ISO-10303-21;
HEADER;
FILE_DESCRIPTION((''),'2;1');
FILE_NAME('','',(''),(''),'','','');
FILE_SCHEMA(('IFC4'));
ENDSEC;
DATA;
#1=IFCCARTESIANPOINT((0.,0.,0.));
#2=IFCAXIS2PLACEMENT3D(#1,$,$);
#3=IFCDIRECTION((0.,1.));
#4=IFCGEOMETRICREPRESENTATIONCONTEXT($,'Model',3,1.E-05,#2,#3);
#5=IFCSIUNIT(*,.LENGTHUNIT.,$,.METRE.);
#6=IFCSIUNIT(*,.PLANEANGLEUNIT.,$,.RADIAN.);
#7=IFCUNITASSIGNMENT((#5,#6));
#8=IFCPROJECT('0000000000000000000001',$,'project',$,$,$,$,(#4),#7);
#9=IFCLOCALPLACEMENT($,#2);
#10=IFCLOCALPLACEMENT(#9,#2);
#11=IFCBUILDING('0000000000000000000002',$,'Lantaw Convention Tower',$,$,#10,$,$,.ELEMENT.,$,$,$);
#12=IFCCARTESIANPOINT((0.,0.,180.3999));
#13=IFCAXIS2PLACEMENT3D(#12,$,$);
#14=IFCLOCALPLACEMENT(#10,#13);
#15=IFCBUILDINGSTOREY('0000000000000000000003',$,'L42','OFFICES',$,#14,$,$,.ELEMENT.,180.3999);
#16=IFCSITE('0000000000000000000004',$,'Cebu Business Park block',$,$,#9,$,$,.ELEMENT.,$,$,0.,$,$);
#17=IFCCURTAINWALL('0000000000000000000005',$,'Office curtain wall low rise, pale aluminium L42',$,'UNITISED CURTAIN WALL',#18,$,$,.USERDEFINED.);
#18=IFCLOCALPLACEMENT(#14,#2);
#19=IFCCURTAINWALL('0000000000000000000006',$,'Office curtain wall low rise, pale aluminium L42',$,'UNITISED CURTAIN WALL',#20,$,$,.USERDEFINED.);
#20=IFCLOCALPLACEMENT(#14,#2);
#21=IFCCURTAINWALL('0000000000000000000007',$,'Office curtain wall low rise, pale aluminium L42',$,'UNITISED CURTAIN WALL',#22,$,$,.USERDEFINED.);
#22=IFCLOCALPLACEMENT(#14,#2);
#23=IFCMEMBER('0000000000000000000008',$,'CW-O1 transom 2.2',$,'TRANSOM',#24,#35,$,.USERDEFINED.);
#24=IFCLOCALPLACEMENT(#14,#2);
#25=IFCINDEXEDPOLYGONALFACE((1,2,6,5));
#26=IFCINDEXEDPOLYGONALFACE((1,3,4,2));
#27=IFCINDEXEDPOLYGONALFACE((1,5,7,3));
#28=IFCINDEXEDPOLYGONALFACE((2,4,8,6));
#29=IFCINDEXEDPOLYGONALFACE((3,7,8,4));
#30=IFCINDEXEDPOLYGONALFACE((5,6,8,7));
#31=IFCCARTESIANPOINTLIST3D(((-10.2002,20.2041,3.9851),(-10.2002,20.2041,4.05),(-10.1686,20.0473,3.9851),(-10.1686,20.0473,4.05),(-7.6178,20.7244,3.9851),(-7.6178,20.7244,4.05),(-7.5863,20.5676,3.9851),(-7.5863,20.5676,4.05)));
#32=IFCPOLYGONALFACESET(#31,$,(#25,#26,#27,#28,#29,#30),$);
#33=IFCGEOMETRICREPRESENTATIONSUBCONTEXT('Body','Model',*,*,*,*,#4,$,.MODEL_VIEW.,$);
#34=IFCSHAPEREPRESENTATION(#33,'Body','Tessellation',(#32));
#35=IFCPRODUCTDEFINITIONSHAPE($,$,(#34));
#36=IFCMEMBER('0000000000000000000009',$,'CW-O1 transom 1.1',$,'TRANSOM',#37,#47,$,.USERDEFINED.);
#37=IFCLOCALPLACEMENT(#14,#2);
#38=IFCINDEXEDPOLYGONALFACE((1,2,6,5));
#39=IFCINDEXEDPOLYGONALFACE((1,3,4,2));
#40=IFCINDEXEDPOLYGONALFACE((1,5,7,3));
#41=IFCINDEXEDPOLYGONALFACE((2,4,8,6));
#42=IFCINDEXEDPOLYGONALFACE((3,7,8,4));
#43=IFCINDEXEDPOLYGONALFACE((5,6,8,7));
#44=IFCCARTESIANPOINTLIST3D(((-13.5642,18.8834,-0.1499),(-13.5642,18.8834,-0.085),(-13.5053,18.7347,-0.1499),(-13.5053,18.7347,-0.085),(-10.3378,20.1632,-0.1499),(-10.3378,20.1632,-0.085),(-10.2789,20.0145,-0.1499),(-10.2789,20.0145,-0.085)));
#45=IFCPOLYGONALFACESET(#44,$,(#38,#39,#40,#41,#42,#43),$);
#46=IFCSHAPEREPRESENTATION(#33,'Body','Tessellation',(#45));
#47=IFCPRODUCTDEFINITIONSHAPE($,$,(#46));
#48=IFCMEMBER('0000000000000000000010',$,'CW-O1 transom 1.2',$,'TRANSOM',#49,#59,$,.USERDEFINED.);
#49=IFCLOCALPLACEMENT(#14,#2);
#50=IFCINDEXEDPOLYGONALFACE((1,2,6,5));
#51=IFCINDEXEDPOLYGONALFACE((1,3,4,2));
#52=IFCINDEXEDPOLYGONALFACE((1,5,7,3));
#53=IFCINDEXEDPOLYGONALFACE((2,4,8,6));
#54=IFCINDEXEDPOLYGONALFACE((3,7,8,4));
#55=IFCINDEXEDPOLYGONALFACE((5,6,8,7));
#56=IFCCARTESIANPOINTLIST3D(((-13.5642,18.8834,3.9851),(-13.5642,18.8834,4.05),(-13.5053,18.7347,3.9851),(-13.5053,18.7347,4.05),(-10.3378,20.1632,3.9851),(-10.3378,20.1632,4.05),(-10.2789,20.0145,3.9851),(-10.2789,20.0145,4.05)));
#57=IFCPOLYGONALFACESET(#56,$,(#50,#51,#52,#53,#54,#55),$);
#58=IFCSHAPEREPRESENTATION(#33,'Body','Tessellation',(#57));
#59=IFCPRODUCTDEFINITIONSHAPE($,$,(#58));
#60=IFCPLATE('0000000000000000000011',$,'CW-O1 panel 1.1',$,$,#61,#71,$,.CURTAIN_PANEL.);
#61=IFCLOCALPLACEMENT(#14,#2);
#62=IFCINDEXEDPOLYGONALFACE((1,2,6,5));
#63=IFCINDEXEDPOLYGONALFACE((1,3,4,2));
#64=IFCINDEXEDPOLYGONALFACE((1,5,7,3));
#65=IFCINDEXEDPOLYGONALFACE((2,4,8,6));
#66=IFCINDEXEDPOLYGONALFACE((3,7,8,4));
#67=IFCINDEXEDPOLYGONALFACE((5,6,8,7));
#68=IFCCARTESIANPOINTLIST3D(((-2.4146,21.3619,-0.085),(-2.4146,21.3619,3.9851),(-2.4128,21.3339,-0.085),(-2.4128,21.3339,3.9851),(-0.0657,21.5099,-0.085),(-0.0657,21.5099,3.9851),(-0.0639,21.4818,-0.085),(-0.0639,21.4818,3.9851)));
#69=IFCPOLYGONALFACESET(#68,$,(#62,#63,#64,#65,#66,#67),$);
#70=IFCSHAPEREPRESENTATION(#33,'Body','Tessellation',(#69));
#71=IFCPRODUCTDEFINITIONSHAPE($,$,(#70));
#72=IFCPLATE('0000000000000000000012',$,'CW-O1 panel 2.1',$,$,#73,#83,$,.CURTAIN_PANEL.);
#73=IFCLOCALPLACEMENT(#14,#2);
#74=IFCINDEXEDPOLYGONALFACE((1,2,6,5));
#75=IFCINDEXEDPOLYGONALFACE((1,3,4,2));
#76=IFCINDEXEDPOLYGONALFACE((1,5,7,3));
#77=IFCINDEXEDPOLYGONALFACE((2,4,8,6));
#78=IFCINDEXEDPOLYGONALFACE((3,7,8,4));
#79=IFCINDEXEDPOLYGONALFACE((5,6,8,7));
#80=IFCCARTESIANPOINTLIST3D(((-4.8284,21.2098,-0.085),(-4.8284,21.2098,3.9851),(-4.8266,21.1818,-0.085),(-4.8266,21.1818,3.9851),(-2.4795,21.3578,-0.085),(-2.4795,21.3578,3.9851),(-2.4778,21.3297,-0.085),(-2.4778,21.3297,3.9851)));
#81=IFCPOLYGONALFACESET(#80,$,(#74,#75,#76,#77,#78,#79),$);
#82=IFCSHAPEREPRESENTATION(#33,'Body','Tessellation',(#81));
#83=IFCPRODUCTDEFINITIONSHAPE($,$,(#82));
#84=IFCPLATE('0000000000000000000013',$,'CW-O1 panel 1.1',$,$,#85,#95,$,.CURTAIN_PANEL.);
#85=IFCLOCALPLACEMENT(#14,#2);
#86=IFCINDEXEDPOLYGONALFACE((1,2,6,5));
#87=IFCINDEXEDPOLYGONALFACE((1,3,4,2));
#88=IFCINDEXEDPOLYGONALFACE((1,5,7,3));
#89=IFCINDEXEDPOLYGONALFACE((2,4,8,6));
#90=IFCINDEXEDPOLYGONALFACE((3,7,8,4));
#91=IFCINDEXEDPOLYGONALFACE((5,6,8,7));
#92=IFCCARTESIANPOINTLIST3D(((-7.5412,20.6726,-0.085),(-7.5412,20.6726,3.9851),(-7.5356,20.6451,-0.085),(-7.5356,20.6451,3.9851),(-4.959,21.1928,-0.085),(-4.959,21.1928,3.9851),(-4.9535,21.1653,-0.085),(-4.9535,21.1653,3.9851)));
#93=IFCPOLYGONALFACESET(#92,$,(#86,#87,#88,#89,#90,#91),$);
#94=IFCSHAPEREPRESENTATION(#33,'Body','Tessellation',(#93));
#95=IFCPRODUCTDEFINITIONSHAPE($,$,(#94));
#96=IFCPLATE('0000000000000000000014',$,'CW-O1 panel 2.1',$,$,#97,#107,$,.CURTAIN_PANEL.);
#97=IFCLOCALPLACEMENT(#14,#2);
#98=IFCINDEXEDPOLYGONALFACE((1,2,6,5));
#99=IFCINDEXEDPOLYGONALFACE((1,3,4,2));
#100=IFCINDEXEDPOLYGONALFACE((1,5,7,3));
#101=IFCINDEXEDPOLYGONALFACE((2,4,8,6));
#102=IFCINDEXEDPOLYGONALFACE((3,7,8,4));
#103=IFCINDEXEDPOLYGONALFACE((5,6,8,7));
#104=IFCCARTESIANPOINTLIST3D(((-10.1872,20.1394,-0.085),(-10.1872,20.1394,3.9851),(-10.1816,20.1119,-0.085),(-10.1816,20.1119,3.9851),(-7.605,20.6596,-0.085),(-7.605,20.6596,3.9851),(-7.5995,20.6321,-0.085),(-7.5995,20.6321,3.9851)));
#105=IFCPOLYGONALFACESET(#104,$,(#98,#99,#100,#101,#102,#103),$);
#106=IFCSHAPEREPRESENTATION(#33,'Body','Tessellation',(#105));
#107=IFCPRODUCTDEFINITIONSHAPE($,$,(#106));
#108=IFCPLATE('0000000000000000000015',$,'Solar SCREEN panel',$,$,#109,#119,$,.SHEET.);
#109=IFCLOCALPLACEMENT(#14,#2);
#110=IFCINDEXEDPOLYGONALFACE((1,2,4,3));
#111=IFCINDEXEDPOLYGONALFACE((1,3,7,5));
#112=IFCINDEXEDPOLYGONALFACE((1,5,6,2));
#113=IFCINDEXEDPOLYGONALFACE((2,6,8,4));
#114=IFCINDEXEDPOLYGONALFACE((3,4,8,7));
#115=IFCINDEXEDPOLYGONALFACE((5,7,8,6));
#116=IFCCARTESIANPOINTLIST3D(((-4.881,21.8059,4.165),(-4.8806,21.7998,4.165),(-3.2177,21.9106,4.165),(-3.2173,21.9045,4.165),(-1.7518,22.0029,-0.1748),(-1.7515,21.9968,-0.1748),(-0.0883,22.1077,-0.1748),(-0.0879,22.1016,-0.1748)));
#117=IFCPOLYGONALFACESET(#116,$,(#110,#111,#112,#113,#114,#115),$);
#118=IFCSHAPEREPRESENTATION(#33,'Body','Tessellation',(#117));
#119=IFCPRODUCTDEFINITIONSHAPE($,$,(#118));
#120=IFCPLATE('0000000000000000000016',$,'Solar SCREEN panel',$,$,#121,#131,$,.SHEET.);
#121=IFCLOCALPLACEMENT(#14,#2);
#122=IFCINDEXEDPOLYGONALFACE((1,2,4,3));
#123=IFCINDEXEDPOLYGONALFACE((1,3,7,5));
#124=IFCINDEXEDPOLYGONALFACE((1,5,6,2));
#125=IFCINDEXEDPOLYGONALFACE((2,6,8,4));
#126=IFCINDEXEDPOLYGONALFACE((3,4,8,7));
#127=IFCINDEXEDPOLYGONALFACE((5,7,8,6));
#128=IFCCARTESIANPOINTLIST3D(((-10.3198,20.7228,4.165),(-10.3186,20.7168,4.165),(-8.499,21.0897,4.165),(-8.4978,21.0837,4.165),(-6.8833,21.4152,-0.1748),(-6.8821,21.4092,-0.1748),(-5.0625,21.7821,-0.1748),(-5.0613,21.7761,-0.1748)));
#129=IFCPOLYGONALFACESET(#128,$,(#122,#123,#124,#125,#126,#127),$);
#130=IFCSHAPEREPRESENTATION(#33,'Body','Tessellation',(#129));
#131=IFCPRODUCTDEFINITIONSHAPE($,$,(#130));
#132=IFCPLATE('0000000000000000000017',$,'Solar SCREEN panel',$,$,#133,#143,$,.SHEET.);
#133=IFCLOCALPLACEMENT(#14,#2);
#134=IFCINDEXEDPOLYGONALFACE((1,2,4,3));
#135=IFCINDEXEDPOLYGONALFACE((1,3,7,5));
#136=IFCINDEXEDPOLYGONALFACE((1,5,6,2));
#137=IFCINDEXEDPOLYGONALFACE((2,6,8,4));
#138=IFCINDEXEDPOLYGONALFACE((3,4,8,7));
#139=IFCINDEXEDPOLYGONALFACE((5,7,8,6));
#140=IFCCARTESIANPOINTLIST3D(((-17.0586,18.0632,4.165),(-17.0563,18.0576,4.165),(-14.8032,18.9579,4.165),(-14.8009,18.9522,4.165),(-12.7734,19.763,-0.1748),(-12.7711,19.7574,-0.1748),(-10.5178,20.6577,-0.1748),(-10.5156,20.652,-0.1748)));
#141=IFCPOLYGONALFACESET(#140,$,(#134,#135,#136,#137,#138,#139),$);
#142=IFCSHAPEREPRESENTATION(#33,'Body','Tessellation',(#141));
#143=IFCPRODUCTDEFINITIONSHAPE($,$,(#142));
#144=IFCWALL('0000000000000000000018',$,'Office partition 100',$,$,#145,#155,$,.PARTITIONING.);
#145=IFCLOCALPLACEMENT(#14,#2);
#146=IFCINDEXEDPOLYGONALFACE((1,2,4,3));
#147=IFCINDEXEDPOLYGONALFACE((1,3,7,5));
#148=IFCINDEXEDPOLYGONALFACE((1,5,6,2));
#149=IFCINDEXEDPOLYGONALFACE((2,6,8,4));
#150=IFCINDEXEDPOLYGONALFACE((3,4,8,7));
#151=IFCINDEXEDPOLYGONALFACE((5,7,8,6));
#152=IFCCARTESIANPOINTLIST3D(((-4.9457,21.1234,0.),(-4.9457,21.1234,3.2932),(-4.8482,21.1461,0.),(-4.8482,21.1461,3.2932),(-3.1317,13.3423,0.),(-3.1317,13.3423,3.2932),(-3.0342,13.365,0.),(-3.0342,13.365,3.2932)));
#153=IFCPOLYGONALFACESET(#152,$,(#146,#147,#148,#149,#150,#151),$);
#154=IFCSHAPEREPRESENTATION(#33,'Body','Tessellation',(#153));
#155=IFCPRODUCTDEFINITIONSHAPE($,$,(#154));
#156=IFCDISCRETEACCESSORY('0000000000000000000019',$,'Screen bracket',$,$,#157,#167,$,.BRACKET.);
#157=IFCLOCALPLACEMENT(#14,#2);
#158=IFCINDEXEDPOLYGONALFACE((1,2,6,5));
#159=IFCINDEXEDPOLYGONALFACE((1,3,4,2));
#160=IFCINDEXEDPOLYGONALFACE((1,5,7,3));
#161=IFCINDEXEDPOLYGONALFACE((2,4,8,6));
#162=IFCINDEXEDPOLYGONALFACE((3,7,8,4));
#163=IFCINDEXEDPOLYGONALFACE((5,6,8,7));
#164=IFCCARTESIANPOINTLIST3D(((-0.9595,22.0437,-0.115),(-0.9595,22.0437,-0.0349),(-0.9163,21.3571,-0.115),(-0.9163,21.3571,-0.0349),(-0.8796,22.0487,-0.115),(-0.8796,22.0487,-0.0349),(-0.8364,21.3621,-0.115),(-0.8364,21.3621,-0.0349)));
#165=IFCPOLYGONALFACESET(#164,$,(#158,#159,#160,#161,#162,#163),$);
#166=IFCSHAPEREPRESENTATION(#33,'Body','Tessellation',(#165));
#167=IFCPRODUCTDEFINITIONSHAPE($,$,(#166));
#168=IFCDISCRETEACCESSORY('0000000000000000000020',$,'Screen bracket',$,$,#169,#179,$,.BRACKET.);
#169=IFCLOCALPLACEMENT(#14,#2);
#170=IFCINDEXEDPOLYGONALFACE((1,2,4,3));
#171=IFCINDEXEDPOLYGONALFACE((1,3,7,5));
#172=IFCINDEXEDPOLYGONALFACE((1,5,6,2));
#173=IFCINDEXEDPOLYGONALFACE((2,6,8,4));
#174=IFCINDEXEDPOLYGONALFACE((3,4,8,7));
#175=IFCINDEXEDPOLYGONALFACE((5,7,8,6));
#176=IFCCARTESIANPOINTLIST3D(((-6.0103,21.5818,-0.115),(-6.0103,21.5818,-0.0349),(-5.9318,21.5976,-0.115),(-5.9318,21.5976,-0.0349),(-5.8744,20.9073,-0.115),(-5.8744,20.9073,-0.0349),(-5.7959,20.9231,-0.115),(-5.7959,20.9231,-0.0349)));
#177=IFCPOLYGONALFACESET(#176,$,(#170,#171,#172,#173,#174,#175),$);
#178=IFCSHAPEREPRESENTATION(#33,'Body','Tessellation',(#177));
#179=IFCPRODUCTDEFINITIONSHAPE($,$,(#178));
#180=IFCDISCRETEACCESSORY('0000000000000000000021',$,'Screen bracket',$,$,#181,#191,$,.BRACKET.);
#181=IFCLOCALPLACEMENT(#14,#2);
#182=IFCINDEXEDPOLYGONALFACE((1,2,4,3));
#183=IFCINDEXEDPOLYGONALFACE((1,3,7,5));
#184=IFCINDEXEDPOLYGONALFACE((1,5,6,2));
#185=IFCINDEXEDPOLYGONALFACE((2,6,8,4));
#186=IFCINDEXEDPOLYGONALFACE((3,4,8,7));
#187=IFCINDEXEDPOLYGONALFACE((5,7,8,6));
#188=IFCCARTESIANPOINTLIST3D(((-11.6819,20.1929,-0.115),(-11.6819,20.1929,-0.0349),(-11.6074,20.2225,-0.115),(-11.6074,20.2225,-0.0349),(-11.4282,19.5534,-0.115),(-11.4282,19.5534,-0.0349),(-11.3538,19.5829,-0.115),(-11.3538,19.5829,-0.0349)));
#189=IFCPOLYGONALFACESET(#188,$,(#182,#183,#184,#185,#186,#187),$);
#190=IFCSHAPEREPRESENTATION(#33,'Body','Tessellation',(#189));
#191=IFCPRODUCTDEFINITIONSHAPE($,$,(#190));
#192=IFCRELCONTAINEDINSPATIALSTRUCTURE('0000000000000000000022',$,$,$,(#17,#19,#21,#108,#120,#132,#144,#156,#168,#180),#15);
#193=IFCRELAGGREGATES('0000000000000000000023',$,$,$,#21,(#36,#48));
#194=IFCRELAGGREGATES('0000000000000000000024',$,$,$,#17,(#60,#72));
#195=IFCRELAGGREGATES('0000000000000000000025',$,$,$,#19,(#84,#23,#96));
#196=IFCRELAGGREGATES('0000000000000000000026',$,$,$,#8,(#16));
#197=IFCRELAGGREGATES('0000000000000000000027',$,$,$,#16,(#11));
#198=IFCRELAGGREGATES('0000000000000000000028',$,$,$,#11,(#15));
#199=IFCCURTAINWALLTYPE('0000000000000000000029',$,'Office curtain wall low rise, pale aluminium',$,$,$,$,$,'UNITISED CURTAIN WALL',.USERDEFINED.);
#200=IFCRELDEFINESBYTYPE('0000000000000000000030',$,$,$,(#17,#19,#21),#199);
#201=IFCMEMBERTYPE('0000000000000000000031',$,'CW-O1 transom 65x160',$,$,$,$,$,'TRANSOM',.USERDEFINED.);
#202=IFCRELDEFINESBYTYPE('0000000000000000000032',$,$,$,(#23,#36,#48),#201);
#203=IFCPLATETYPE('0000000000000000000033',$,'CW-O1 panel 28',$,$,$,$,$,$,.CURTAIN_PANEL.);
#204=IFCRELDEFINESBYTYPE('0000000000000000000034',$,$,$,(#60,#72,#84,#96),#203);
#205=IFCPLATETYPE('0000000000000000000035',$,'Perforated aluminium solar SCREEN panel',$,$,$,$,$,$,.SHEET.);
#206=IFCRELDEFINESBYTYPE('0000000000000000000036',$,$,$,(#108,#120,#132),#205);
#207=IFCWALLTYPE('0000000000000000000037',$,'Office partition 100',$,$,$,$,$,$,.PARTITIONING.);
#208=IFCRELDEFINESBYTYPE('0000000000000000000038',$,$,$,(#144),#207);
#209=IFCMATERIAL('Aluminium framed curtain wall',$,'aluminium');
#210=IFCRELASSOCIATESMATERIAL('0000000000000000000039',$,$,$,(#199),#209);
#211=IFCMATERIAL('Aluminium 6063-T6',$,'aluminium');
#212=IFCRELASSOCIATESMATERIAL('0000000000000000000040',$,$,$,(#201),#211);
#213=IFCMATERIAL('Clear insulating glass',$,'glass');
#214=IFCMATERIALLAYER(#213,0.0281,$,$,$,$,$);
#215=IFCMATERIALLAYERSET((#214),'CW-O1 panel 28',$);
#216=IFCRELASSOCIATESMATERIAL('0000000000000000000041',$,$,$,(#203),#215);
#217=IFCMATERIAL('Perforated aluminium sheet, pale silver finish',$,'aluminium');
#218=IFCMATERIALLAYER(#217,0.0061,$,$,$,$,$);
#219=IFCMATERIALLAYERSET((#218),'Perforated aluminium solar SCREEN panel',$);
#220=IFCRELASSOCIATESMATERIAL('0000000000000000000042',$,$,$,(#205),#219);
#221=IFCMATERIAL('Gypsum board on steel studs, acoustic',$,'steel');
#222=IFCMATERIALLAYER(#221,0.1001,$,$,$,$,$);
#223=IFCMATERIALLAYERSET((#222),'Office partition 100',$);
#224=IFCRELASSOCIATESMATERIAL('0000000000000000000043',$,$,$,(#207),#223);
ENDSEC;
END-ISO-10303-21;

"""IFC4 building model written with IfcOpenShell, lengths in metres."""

from ifc_helpers import new_model, si_unit, direction, frame, frame_2d, origin, origin_2d, place, context, subcontext, project, spatial, polyline, rectangle, outline, extrude, material, layer, layer_set, material_profile, profile_set, type_object, element, aggregate, save


model = new_model("IFC4")

# Units and contexts
model_context = context("Model", 3, precision=1e-05, world=origin(), true_north=direction((0.0, 1.0)))
body_context = subcontext(model_context, "Body", "Model", "MODEL_VIEW")
ifc_project = project(units=[si_unit("LENGTHUNIT", "METRE"), si_unit("PLANEANGLEUNIT", "RADIAN")], contexts=[model_context])

# Site, building, storey
site_placement = place(None, origin())
site = spatial("IfcSite", under=ifc_project, at=site_placement, Name="Cebu Business Park block", CompositionType="ELEMENT", RefElevation=0.0)
building_placement = place(site_placement, origin())
building = spatial("IfcBuilding", under=site, at=building_placement, Name="Lantaw Convention Tower", CompositionType="ELEMENT")
storey_placement = place(building_placement, frame((0.0, 0.0, 180.3999)))
storey = spatial("IfcBuildingStorey", under=building, at=storey_placement, Name="L42", Description="OFFICES", CompositionType="ELEMENT", Elevation=180.3999)

# Curtain walls
ifc_material_1 = material(Name="Aluminium framed curtain wall", Category="aluminium")
curtain_wall_type = type_object("IfcCurtainWallType", Name="Office curtain wall low rise, pale aluminium", ElementType="UNITISED CURTAIN WALL", PredefinedType="USERDEFINED", material=ifc_material_1)
curtain_wall_1_placement = place(storey_placement, origin())
curtain_wall_1 = element("IfcCurtainWall", 1, at=curtain_wall_1_placement, inside=storey, type_object=curtain_wall_type, Name="Office curtain wall low rise, pale aluminium L42", ObjectType="UNITISED CURTAIN WALL", PredefinedType="USERDEFINED")
ifc_material_2 = material(Name="Aluminium 6063-T6", Category="aluminium")
curtain_wall_2_placement = place(storey_placement, origin())
curtain_wall_2 = element("IfcCurtainWall", 2, at=curtain_wall_2_placement, inside=storey, type_object=curtain_wall_type, Name="Office curtain wall low rise, pale aluminium L42", ObjectType="UNITISED CURTAIN WALL", PredefinedType="USERDEFINED")

# Curtain wall
curtain_wall_3_placement = place(storey_placement, origin())
curtain_wall_3 = element("IfcCurtainWall", 3, at=curtain_wall_3_placement, inside=storey, type_object=curtain_wall_type, Name="Office curtain wall low rise, pale aluminium L42", ObjectType="UNITISED CURTAIN WALL", PredefinedType="USERDEFINED")

# Members
ifc_material_profile_1 = material_profile(ifc_material_2, rectangle(XDim=0.1599, YDim=0.0649, at=origin_2d()), Name="CW-O1 transom 65x160")
ifc_profile_set_1 = profile_set([ifc_material_profile_1], Name="Aluminium 6063-T6")
member_type_1 = type_object("IfcMemberType", Name="CW-O1 transom 65x160", ElementType="TRANSOM", PredefinedType="USERDEFINED", material=ifc_profile_set_1)
member_1_placement = place(storey_placement, frame((-7.6021, 20.646, 4.0176), z_axis=(-0.980302, -0.197506, 0.0), x_axis=(0.197506, -0.980302, 0.0)))
member_1 = element("IfcMember", 4, at=member_1_placement, type_object=member_type_1, Name="CW-O1 transom 2.2", ObjectType="TRANSOM", PredefinedType="USERDEFINED", context=body_context, shape_type="SweptSolid", body=[
    extrude(rectangle(XDim=0.1599, YDim=0.0649, at=origin_2d()), origin(), (0.0, 0.0, 1.0), 2.6343),
])
member_2_placement = place(storey_placement, frame((-10.3083, 20.0889, -0.1174), z_axis=(-0.92954, -0.368721, 0.0), x_axis=(0.368721, -0.92954, 0.0)))
member_2 = element("IfcMember", 5, at=member_2_placement, type_object=member_type_1, Name="CW-O1 transom 1.1", ObjectType="TRANSOM", PredefinedType="USERDEFINED", context=body_context, shape_type="SweptSolid", body=[
    extrude(rectangle(XDim=0.1599, YDim=0.0649, at=origin_2d()), origin(), (0.0, 0.0, 1.0), 3.4709),
])
member_3_placement = place(storey_placement, frame((-10.3083, 20.0889, 4.0176), z_axis=(-0.92954, -0.368721, 0.0), x_axis=(0.368721, -0.92954, 0.0)))
member_3 = element("IfcMember", 6, at=member_3_placement, type_object=member_type_1, Name="CW-O1 transom 1.2", ObjectType="TRANSOM", PredefinedType="USERDEFINED", context=body_context, shape_type="SweptSolid", body=[
    extrude(rectangle(XDim=0.1599, YDim=0.0649, at=origin_2d()), origin(), (0.0, 0.0, 1.0), 3.4709),
])
aggregate(curtain_wall_3, [member_2, member_3])

# Plates
ifc_material_3 = material(Name="Clear insulating glass", Category="glass")
ifc_layer_1 = layer(ifc_material_3, 0.0281)
ifc_layer_set_1 = layer_set([ifc_layer_1], Name="CW-O1 panel 28")
plate_type_1 = type_object("IfcPlateType", Name="CW-O1 panel 28", PredefinedType="CURTAIN_PANEL", material=ifc_layer_set_1)
plate_1_placement = place(storey_placement, frame((-1.2393, 21.4219, -0.085), z_axis=(0.0, 0.0, 1.0), x_axis=(-0.998022, -0.062865, 0.0)))
plate_1 = element("IfcPlate", 7, at=plate_1_placement, type_object=plate_type_1, Name="CW-O1 panel 1.1", PredefinedType="CURTAIN_PANEL", context=body_context, shape_type="SweptSolid", body=[
    extrude(rectangle(XDim=2.3535, YDim=0.0281, at=origin_2d()), origin(), (0.0, 0.0, 1.0), 4.0701),
])
plate_2_placement = place(storey_placement, frame((-3.6531, 21.2698, -0.085), z_axis=(0.0, 0.0, 1.0), x_axis=(-0.998022, -0.062865, 0.0)))
plate_2 = element("IfcPlate", 8, at=plate_2_placement, type_object=plate_type_1, Name="CW-O1 panel 2.1", PredefinedType="CURTAIN_PANEL", context=body_context, shape_type="SweptSolid", body=[
    extrude(rectangle(XDim=2.3535, YDim=0.0281, at=origin_2d()), origin(), (0.0, 0.0, 1.0), 4.0701),
])
aggregate(curtain_wall_1, [plate_1, plate_2])
plate_3_placement = place(storey_placement, frame((-6.2473, 20.9189, -0.085), z_axis=(0.0, 0.0, 1.0), x_axis=(-0.980302, -0.197507, 0.0)))
plate_3 = element("IfcPlate", 9, at=plate_3_placement, type_object=plate_type_1, Name="CW-O1 panel 1.1", PredefinedType="CURTAIN_PANEL", context=body_context, shape_type="SweptSolid", body=[
    extrude(rectangle(XDim=2.634, YDim=0.0281, at=origin_2d()), origin(), (0.0, 0.0, 1.0), 4.0701),
])
plate_4_placement = place(storey_placement, frame((-8.8933, 20.3857, -0.085), z_axis=(0.0, 0.0, 1.0), x_axis=(-0.980302, -0.197507, 0.0)))
plate_4 = element("IfcPlate", 10, at=plate_4_placement, type_object=plate_type_1, Name="CW-O1 panel 2.1", PredefinedType="CURTAIN_PANEL", context=body_context, shape_type="SweptSolid", body=[
    extrude(rectangle(XDim=2.634, YDim=0.0281, at=origin_2d()), origin(), (0.0, 0.0, 1.0), 4.0701),
])
aggregate(curtain_wall_2, [plate_3, member_1, plate_4])

# Plates
ifc_material_4 = material(Name="Perforated aluminium sheet, pale silver finish", Category="aluminium")
ifc_layer_2 = layer(ifc_material_4, 0.0061)
ifc_layer_set_2 = layer_set([ifc_layer_2], Name="Perforated aluminium solar SCREEN panel")
plate_type_2 = type_object("IfcPlateType", Name="Perforated aluminium solar SCREEN panel", PredefinedType="SHEET", material=ifc_layer_set_2)
plate_5_placement = place(storey_placement, frame((-0.0879, 22.1016, -0.1748), z_axis=(0.062839, -0.998024, 0.000002), x_axis=(-0.998024, -0.062839, 0.0)))
element("IfcPlate", 11, at=plate_5_placement, inside=storey, type_object=plate_type_2, Name="Solar SCREEN panel", PredefinedType="SHEET", context=body_context, shape_type="SweptSolid", body=[
    extrude(outline(polyline([(0.0, 0.0), (1.6669, 0.0), (4.8022, -4.3398), (3.1356, -4.3398), (0.0, 0.0)])), origin(), (0.0, 0.0, -1.0), 0.0061),
])
plate_6_placement = place(storey_placement, frame((-5.0613, 21.7761, -0.1748), z_axis=(0.197557, -0.980291, 0.000039), x_axis=(-0.980291, -0.197557, 0.0)))
element("IfcPlate", 12, at=plate_6_placement, inside=storey, type_object=plate_type_2, Name="Solar SCREEN panel", PredefinedType="SHEET", context=body_context, shape_type="SweptSolid", body=[
    extrude(outline(polyline([(0.0, 0.0), (1.8574, 0.0), (5.363, -4.3398), (3.5056, -4.3398), (0.0, 0.0)])), origin(), (0.0, 0.0, -1.0), 0.0061),
])
plate_7_placement = place(storey_placement, frame((-10.5178, 20.6577, -0.1748), z_axis=(-0.368709, 0.929545, 0.000011), x_axis=(-0.929545, -0.368709, 0.0)))
element("IfcPlate", 13, at=plate_7_placement, inside=storey, type_object=plate_type_2, Name="Solar SCREEN panel", PredefinedType="SHEET", context=body_context, shape_type="SweptSolid", body=[
    extrude(outline(polyline([(0.0, 0.0), (2.4265, 0.0), (7.0365, 4.3398), (4.6102, 4.3398), (0.0, 0.0)])), origin(), (0.0, 0.0, -1.0), 0.0061),
])

# Wall
ifc_material_5 = material(Name="Gypsum board on steel studs, acoustic", Category="steel")
ifc_layer_3 = layer(ifc_material_5, 0.1001)
ifc_layer_set_3 = layer_set([ifc_layer_3], Name="Office partition 100")
wall_type = type_object("IfcWallType", Name="Office partition 100", PredefinedType="PARTITIONING", material=ifc_layer_set_3)
wall_placement = place(storey_placement, frame((-4.897, 21.1348, 0.0), z_axis=(0.0, 0.0, 1.0), x_axis=(0.227039, -0.973886, 0.0)))
element("IfcWall", 14, at=wall_placement, inside=storey, type_object=wall_type, Name="Office partition 100", PredefinedType="PARTITIONING", context=body_context, shape_type="SweptSolid", body=[
    extrude(rectangle(XDim=7.9897, YDim=0.1001, at=frame_2d((3.9949, 0.0))), origin(), (0.0, 0.0, 1.0), 3.2932),
])

# Discrete accessories
for number, where, z_axis, x_axis, name in (
    (15, (-0.8979, 21.7029, -0.115), (0.0, 0.0, 1.0), (-0.998022, -0.062865, 0.0), "Screen bracket"),
    (16, (-5.9031, 21.2524, -0.115), (0.0, 0.0, 1.0), (-0.980302, -0.197507, 0.0), "Screen bracket"),
    (17, (-11.5178, 19.8879, -0.115), (0.0, 0.0, 1.0), (-0.929548, -0.368702, 0.0), "Screen bracket"),
):
    element("IfcDiscreteAccessory", number, at=place(storey_placement, frame(where, z_axis=z_axis, x_axis=x_axis)), inside=storey, Name=name, PredefinedType="BRACKET", context=body_context, shape_type="SweptSolid", body=[
        extrude(rectangle(XDim=0.0801, YDim=0.688, at=origin_2d()), origin(), (0.0, 0.0, 1.0), 0.0801),
    ])

save(model, "model.ifc")
